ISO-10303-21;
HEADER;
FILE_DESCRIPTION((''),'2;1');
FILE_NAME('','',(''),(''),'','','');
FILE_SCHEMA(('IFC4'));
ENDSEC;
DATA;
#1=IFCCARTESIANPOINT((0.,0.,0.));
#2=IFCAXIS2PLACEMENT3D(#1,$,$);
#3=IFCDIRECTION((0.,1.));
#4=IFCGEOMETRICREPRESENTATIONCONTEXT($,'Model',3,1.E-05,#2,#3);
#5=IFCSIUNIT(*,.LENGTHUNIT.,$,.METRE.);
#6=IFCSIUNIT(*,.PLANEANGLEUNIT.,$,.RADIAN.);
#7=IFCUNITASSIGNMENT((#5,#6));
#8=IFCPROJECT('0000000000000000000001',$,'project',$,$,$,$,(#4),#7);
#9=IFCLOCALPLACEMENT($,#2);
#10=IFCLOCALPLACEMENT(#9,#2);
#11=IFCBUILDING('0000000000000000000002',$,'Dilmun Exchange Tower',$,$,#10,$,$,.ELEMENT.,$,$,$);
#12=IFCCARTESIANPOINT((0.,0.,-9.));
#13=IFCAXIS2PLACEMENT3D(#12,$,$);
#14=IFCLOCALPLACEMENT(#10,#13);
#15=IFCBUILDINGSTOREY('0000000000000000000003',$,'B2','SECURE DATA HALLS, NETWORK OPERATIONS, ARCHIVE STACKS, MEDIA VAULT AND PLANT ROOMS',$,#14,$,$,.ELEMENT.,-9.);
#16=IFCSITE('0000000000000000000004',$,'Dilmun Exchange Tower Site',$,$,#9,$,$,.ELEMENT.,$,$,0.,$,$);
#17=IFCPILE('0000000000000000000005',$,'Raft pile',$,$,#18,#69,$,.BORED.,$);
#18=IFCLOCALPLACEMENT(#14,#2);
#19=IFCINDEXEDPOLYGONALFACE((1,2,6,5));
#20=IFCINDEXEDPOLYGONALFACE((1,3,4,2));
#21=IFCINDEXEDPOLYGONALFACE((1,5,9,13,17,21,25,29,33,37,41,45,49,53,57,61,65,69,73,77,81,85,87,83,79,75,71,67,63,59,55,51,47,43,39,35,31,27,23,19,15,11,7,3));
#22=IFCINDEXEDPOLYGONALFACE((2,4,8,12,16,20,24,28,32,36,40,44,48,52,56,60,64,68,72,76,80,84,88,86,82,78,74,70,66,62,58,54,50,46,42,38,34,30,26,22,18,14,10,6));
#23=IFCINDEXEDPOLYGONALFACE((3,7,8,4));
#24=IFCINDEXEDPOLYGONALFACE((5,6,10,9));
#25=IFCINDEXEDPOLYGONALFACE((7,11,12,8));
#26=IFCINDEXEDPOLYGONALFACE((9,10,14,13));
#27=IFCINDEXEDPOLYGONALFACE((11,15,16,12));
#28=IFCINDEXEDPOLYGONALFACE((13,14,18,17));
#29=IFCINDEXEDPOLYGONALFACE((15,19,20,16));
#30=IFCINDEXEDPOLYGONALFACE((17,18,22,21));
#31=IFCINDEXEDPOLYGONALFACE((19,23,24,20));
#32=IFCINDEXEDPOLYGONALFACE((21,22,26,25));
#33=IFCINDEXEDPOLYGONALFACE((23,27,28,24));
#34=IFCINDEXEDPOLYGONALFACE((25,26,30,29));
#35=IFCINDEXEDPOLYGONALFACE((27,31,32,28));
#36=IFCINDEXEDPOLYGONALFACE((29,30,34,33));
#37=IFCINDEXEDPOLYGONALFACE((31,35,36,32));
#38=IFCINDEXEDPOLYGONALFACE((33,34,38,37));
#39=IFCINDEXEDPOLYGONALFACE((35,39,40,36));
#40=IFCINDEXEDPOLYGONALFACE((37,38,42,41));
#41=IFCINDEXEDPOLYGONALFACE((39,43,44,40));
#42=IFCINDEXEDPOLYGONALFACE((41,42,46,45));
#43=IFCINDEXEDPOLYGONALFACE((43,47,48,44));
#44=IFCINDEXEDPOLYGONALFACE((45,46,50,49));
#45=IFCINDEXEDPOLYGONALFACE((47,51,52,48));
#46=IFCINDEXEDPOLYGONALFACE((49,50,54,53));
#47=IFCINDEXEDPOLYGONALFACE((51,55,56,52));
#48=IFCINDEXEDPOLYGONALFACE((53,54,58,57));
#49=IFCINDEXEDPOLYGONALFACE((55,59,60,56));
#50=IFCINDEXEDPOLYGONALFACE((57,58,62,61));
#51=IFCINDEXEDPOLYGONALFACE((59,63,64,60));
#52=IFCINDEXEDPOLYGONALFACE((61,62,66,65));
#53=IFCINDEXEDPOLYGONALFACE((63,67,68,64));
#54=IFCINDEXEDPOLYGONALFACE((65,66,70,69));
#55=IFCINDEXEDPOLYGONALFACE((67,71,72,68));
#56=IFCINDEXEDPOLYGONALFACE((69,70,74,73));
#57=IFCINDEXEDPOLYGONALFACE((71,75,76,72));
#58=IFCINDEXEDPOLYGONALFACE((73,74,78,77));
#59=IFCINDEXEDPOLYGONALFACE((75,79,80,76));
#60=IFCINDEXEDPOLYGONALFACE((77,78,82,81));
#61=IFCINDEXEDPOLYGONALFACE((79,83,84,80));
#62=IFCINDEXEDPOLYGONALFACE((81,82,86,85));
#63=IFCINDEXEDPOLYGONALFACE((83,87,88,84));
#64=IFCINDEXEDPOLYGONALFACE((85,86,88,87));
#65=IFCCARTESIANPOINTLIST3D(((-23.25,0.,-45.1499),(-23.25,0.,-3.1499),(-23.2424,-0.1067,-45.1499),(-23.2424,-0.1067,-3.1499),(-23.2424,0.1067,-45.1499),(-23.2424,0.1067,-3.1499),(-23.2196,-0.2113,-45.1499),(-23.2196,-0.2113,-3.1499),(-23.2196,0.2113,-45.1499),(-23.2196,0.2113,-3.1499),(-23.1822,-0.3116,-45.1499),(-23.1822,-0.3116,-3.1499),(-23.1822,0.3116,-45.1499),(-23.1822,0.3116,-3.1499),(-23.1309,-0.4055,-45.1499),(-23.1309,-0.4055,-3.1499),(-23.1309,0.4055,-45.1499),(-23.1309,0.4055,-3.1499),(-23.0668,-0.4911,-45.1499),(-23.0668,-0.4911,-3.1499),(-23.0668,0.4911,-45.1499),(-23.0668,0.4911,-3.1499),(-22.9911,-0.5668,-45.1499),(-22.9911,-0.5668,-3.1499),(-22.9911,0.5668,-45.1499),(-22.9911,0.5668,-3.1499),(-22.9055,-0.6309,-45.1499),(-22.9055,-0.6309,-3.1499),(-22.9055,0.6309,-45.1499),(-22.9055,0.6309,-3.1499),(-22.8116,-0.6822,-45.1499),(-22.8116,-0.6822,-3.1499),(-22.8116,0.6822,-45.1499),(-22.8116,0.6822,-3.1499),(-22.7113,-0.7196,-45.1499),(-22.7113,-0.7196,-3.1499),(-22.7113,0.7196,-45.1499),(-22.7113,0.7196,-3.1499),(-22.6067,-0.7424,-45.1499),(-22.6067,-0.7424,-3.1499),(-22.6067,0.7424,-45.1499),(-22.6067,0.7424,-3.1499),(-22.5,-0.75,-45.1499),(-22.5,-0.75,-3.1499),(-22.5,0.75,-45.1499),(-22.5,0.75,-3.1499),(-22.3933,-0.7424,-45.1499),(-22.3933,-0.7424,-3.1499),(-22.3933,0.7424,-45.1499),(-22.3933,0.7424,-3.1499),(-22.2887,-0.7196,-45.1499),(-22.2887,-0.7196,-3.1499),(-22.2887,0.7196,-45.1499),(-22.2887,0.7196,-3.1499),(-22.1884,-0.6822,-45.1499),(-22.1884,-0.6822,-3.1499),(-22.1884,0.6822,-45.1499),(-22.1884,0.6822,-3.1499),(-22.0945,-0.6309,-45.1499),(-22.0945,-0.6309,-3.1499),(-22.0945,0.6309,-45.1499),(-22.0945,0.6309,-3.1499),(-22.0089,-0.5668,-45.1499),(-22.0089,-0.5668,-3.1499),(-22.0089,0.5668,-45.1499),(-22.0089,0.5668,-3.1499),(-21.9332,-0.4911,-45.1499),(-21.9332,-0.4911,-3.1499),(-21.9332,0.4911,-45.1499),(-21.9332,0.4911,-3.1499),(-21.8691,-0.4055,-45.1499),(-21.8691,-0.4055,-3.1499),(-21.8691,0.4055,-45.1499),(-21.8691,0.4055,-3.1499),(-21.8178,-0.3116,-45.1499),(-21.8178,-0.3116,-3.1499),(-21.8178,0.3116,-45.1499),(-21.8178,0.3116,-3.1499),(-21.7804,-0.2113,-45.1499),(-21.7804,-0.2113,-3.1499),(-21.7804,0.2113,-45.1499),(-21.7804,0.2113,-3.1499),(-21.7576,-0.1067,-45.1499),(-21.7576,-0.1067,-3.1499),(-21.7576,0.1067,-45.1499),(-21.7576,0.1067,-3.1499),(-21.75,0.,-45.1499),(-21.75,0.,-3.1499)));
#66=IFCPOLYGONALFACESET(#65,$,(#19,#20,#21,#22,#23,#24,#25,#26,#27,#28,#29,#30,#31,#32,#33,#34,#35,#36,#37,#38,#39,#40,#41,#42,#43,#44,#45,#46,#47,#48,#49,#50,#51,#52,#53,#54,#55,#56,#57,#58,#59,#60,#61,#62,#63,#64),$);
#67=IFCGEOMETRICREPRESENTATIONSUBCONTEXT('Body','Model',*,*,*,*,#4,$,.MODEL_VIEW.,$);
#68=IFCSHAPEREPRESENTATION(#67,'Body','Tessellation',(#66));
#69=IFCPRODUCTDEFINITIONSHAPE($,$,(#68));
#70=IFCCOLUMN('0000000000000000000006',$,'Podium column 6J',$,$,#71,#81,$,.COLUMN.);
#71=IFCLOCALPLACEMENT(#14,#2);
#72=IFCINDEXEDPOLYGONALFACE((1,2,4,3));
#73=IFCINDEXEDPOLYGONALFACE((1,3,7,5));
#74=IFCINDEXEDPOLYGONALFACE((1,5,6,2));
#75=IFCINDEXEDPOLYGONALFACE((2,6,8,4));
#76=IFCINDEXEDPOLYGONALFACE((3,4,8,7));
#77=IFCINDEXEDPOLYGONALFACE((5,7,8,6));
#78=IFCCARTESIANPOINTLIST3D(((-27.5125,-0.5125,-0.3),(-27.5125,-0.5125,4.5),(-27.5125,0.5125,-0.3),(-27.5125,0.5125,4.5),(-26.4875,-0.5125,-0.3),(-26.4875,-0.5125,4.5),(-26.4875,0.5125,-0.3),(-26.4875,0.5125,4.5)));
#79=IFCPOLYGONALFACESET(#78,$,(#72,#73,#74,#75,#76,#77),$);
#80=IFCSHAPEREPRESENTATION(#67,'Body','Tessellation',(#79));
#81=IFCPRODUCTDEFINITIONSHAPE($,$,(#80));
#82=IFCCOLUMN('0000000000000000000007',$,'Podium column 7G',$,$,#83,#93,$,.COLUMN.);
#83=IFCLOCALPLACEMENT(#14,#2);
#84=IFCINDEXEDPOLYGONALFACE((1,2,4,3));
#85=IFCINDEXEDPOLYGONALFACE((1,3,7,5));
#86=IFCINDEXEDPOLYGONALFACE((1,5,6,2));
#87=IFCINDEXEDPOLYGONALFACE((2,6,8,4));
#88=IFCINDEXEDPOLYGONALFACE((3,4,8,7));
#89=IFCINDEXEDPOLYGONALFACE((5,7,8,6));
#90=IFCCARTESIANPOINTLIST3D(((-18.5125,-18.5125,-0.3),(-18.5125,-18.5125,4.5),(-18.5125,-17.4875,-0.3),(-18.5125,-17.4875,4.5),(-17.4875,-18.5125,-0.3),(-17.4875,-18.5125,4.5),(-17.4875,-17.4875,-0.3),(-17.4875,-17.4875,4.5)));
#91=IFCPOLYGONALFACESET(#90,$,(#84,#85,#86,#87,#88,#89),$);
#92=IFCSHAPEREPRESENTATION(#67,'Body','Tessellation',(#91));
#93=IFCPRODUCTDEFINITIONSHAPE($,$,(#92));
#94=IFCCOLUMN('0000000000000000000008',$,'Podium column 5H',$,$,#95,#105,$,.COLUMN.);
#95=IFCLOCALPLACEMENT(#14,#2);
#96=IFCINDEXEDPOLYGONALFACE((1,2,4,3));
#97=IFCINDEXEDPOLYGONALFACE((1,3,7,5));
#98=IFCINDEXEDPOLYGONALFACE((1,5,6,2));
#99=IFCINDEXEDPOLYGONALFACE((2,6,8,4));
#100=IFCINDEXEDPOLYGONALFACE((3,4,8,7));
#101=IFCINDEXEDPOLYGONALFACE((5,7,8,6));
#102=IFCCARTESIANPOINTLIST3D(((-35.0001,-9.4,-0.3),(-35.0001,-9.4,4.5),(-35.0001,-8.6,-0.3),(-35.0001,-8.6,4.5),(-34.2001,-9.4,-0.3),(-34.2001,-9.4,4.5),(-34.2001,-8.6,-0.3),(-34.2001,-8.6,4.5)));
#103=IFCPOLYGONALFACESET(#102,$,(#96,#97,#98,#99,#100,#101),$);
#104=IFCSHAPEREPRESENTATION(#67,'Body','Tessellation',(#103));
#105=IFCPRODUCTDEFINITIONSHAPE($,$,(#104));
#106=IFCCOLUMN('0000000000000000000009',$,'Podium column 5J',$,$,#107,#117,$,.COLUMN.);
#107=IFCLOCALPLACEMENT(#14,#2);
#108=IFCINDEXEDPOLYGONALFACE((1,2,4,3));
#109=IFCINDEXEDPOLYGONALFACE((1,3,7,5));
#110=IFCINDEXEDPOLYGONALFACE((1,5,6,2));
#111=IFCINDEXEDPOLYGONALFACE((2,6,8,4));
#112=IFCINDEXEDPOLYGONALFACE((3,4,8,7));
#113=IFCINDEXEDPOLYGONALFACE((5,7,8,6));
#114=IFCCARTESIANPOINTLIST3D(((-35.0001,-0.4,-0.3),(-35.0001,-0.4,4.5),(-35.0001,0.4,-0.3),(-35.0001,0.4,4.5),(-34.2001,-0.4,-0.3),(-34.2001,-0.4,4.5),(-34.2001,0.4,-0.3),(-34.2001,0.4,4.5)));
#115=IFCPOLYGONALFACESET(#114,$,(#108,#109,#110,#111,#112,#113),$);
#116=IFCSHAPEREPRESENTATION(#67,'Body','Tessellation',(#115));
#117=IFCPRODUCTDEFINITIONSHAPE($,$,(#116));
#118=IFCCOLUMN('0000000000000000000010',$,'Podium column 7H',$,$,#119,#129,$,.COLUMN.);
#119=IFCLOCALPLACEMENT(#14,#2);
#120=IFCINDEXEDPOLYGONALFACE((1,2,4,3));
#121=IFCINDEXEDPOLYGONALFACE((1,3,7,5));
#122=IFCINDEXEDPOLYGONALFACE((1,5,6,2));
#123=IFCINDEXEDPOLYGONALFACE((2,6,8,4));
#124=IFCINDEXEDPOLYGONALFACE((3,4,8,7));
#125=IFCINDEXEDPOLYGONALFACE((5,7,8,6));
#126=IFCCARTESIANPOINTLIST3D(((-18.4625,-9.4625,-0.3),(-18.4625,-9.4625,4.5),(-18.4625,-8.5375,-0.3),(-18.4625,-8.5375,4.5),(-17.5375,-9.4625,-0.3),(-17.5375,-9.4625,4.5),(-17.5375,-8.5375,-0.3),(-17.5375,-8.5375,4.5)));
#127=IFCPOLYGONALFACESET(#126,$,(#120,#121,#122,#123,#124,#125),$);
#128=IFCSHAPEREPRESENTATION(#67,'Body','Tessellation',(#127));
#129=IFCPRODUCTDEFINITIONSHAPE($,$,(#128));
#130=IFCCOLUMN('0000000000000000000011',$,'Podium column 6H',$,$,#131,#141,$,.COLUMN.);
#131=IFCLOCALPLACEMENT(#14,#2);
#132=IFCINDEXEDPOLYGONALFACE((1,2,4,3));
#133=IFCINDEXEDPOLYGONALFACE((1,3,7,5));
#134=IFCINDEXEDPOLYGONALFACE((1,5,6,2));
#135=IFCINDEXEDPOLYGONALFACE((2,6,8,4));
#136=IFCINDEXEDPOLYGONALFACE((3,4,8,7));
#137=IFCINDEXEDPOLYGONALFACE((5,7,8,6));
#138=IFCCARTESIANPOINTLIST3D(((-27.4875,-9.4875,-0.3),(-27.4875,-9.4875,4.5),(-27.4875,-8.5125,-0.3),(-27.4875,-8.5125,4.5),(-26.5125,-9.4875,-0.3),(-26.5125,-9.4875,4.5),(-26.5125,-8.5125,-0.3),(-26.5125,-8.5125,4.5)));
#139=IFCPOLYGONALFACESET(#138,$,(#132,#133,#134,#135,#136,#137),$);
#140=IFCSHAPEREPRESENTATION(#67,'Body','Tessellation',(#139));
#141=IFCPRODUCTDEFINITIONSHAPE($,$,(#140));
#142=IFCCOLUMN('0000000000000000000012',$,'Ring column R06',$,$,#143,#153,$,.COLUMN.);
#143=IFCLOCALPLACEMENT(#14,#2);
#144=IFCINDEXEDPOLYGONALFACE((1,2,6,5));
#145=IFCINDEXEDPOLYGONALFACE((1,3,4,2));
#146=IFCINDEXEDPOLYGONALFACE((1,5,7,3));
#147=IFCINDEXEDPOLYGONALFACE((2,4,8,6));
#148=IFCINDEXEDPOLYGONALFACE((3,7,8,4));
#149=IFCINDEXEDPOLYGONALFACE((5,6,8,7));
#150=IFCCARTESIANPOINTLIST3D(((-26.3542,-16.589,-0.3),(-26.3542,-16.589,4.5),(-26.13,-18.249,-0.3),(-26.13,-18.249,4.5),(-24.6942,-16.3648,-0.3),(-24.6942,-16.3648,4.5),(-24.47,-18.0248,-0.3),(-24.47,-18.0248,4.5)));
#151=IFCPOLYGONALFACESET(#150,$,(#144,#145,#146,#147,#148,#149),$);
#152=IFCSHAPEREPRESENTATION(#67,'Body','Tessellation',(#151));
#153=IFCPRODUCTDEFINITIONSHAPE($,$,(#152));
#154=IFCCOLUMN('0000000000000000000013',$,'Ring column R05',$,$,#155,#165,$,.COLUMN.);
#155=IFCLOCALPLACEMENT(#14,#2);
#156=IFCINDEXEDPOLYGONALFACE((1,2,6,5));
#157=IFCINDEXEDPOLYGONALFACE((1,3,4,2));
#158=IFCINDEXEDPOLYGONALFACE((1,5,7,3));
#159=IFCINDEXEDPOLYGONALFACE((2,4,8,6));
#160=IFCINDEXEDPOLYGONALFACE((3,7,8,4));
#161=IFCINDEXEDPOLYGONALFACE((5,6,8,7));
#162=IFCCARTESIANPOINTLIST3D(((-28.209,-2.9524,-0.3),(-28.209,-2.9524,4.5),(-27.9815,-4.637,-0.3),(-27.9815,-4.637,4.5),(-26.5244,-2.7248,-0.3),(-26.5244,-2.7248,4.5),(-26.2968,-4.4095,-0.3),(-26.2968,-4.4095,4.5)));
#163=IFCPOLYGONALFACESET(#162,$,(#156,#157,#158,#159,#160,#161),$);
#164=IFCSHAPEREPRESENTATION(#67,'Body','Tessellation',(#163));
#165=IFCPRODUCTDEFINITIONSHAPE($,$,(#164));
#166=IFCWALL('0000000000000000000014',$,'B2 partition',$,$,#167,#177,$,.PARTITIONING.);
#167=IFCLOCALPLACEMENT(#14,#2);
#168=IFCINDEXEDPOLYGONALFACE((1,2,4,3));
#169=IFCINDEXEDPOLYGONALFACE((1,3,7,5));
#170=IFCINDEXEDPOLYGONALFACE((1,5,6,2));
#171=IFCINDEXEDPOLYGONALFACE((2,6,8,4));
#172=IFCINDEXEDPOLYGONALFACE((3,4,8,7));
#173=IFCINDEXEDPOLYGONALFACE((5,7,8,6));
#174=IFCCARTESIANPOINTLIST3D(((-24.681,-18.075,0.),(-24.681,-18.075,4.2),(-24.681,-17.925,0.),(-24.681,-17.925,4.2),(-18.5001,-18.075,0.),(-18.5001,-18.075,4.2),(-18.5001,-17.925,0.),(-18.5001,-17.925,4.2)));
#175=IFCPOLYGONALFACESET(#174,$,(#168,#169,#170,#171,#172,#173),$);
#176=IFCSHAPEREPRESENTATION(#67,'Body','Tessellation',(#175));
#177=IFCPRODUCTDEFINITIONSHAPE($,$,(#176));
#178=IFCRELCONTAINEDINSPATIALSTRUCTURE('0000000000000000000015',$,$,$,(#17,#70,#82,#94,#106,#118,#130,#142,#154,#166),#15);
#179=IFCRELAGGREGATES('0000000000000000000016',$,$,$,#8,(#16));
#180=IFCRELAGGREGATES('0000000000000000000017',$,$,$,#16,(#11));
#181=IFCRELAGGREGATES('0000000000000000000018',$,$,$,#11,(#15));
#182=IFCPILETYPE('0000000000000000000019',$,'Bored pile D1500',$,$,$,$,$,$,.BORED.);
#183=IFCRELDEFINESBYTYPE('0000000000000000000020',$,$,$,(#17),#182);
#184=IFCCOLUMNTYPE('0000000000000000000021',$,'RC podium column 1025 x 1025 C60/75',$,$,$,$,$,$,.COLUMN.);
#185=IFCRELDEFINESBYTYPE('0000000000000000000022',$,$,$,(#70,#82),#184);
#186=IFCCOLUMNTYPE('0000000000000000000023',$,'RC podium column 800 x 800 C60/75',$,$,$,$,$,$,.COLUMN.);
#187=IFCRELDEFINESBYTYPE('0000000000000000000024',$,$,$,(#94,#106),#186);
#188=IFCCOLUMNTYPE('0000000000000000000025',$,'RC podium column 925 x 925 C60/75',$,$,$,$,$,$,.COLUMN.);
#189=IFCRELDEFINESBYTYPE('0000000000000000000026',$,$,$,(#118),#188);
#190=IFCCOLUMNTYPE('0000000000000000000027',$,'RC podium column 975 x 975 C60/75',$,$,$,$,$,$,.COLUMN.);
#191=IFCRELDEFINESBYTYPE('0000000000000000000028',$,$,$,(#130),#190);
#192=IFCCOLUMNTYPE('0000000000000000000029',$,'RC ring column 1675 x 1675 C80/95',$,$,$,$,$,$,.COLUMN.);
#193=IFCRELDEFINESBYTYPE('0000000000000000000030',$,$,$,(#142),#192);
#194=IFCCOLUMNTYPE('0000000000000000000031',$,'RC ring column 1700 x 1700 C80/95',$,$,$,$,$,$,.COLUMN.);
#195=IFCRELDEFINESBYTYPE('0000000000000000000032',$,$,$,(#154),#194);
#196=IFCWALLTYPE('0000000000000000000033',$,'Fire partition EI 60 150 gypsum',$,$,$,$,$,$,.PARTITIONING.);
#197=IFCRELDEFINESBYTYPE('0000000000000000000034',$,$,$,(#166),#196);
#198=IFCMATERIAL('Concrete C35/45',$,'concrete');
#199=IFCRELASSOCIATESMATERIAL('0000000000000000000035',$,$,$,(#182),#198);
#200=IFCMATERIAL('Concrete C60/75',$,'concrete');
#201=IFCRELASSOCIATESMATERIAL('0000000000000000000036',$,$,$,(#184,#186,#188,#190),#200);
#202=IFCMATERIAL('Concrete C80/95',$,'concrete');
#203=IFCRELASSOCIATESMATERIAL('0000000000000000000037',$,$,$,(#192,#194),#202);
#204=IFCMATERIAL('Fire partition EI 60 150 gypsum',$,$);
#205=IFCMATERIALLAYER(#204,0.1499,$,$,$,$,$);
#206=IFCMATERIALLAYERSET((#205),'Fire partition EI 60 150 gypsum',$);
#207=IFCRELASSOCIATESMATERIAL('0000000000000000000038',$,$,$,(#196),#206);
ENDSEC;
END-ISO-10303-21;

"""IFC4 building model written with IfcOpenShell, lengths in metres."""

from ifc_helpers import new_model, si_unit, direction, frame, frame_2d, origin, origin_2d, place, context, subcontext, project, spatial, rectangle, circle, extrude, material, layer, layer_set, material_profile, profile_set, type_object, element, save


model = new_model("IFC4")

# Units and contexts
model_context = context("Model", 3, precision=1e-05, world=origin(), true_north=direction((0.0, 1.0)))
body_context = subcontext(model_context, "Body", "Model", "MODEL_VIEW")
ifc_project = project(units=[si_unit("LENGTHUNIT", "METRE"), si_unit("PLANEANGLEUNIT", "RADIAN")], contexts=[model_context])

# Site, building, storey
site_placement = place(None, origin())
site = spatial("IfcSite", under=ifc_project, at=site_placement, Name="Dilmun Exchange Tower Site", CompositionType="ELEMENT", RefElevation=0.0)
building_placement = place(site_placement, origin())
building = spatial("IfcBuilding", under=site, at=building_placement, Name="Dilmun Exchange Tower", CompositionType="ELEMENT")
storey_placement = place(building_placement, frame((0.0, 0.0, -9.0)))
storey = spatial("IfcBuildingStorey", under=building, at=storey_placement, Name="B2", Description="SECURE DATA HALLS, NETWORK OPERATIONS, ARCHIVE STACKS, MEDIA VAULT AND PLANT ROOMS", CompositionType="ELEMENT", Elevation=-9.0)

# Pile
ifc_material_1 = material(Name="Concrete C35/45", Category="concrete")
ifc_material_profile_1 = material_profile(ifc_material_1, circle(Radius=0.75, at=origin_2d()), Name="D1500")
ifc_profile_set_1 = profile_set([ifc_material_profile_1], Name="Concrete C35/45")
pile_type = type_object("IfcPileType", Name="Bored pile D1500", PredefinedType="BORED", material=ifc_profile_set_1)
for number, where, z_axis, x_axis, name in (
    (1, (-22.5, 0.0, -3.1499), (0.0, 0.0, -1.0), (1.0, 0.0, 0.0), "Raft pile"),
):
    element("IfcPile", number, at=place(storey_placement, frame(where, z_axis=z_axis, x_axis=x_axis)), inside=storey, type_object=pile_type, Name=name, PredefinedType="BORED", context=body_context, shape_type="SweptSolid", body=[
        extrude(circle(Radius=0.75, at=origin_2d()), origin(), (0.0, 0.0, 1.0), 42.0),
    ])

# Columns
ifc_material_2 = material(Name="Concrete C60/75", Category="concrete")
ifc_material_profile_2 = material_profile(ifc_material_2, rectangle(XDim=1.0249, YDim=1.0249, at=origin_2d()), Name="1025 x 1025")
ifc_profile_set_2 = profile_set([ifc_material_profile_2], Name="Concrete C60/75")
column_type_1 = type_object("IfcColumnType", Name="RC podium column 1025 x 1025 C60/75", PredefinedType="COLUMN", material=ifc_profile_set_2)
for number, where, z_axis, x_axis, name in (
    (2, (-27.0, 0.0, -0.3), (0.0, 0.0, 1.0), (1.0, 0.0, 0.0), "Podium column 6J"),
    (3, (-18.0, -18.0, -0.3), (0.0, 0.0, 1.0), (1.0, 0.0, 0.0), "Podium column 7G"),
):
    element("IfcColumn", number, at=place(storey_placement, frame(where, z_axis=z_axis, x_axis=x_axis)), inside=storey, type_object=column_type_1, Name=name, PredefinedType="COLUMN", context=body_context, shape_type="SweptSolid", body=[
        extrude(rectangle(XDim=1.0249, YDim=1.0249, at=origin_2d()), origin(), (0.0, 0.0, 1.0), 4.8),
    ])
ifc_material_profile_3 = material_profile(ifc_material_2, rectangle(XDim=0.8, YDim=0.8, at=origin_2d()), Name="800 x 800")
ifc_profile_set_3 = profile_set([ifc_material_profile_3], Name="Concrete C60/75")
column_type_2 = type_object("IfcColumnType", Name="RC podium column 800 x 800 C60/75", PredefinedType="COLUMN", material=ifc_profile_set_3)
for number, where, z_axis, x_axis, name in (
    (4, (-34.6001, -9.0, -0.3), (0.0, 0.0, 1.0), (1.0, 0.0, 0.0), "Podium column 5H"),
    (5, (-34.6001, 0.0, -0.3), (0.0, 0.0, 1.0), (1.0, 0.0, 0.0), "Podium column 5J"),
):
    element("IfcColumn", number, at=place(storey_placement, frame(where, z_axis=z_axis, x_axis=x_axis)), inside=storey, type_object=column_type_2, Name=name, PredefinedType="COLUMN", context=body_context, shape_type="SweptSolid", body=[
        extrude(rectangle(XDim=0.8, YDim=0.8, at=origin_2d()), origin(), (0.0, 0.0, 1.0), 4.8),
    ])
ifc_material_profile_4 = material_profile(ifc_material_2, rectangle(XDim=0.925, YDim=0.925, at=origin_2d()), Name="925 x 925")
ifc_profile_set_4 = profile_set([ifc_material_profile_4], Name="Concrete C60/75")
column_type_3 = type_object("IfcColumnType", Name="RC podium column 925 x 925 C60/75", PredefinedType="COLUMN", material=ifc_profile_set_4)
column_1_placement = place(storey_placement, frame((-18.0, -9.0, -0.3), z_axis=(0.0, 0.0, 1.0), x_axis=(1.0, 0.0, 0.0)))
element("IfcColumn", 6, at=column_1_placement, inside=storey, type_object=column_type_3, Name="Podium column 7H", PredefinedType="COLUMN", context=body_context, shape_type="SweptSolid", body=[
    extrude(rectangle(XDim=0.925, YDim=0.925, at=origin_2d()), origin(), (0.0, 0.0, 1.0), 4.8),
])
ifc_material_profile_5 = material_profile(ifc_material_2, rectangle(XDim=0.9751, YDim=0.9751, at=origin_2d()), Name="975 x 975")
ifc_profile_set_5 = profile_set([ifc_material_profile_5], Name="Concrete C60/75")
column_type_4 = type_object("IfcColumnType", Name="RC podium column 975 x 975 C60/75", PredefinedType="COLUMN", material=ifc_profile_set_5)
column_2_placement = place(storey_placement, frame((-27.0, -9.0, -0.3), z_axis=(0.0, 0.0, 1.0), x_axis=(1.0, 0.0, 0.0)))
element("IfcColumn", 7, at=column_2_placement, inside=storey, type_object=column_type_4, Name="Podium column 6H", PredefinedType="COLUMN", context=body_context, shape_type="SweptSolid", body=[
    extrude(rectangle(XDim=0.9751, YDim=0.9751, at=origin_2d()), origin(), (0.0, 0.0, 1.0), 4.8),
])
ifc_material_3 = material(Name="Concrete C80/95", Category="concrete")
ifc_material_profile_6 = material_profile(ifc_material_3, rectangle(XDim=1.675, YDim=1.675, at=origin_2d()), Name="1675 x 1675")
ifc_profile_set_6 = profile_set([ifc_material_profile_6], Name="Concrete C80/95")
column_type_5 = type_object("IfcColumnType", Name="RC ring column 1675 x 1675 C80/95", PredefinedType="COLUMN", material=ifc_profile_set_6)
column_3_placement = place(storey_placement, frame((-25.4121, -17.3069, -0.3), z_axis=(0.0, 0.0, 1.0), x_axis=(0.991001, 0.133853, 0.0)))
element("IfcColumn", 8, at=column_3_placement, inside=storey, type_object=column_type_5, Name="Ring column R06", PredefinedType="COLUMN", context=body_context, shape_type="SweptSolid", body=[
    extrude(rectangle(XDim=1.675, YDim=1.675, at=origin_2d()), origin(), (0.0, 0.0, 1.0), 4.8),
])
ifc_material_profile_7 = material_profile(ifc_material_3, rectangle(XDim=1.7, YDim=1.7, at=origin_2d()), Name="1700 x 1700")
ifc_profile_set_7 = profile_set([ifc_material_profile_7], Name="Concrete C80/95")
column_type_6 = type_object("IfcColumnType", Name="RC ring column 1700 x 1700 C80/95", PredefinedType="COLUMN", material=ifc_profile_set_7)
column_4_placement = place(storey_placement, frame((-27.2529, -3.6809, -0.3), z_axis=(0.0, 0.0, 1.0), x_axis=(0.991001, 0.133853, 0.0)))
element("IfcColumn", 9, at=column_4_placement, inside=storey, type_object=column_type_6, Name="Ring column R05", PredefinedType="COLUMN", context=body_context, shape_type="SweptSolid", body=[
    extrude(rectangle(XDim=1.7, YDim=1.7, at=origin_2d()), origin(), (0.0, 0.0, 1.0), 4.8),
])

# Wall
ifc_material_4 = material(Name="Fire partition EI 60 150 gypsum")
ifc_layer = layer(ifc_material_4, 0.1499)
ifc_layer_set = layer_set([ifc_layer], Name="Fire partition EI 60 150 gypsum")
wall_type = type_object("IfcWallType", Name="Fire partition EI 60 150 gypsum", PredefinedType="PARTITIONING", material=ifc_layer_set)
wall_1_placement = place(storey_placement, frame((-24.6809, -18.0, 0.0), z_axis=(0.0, 0.0, 1.0), x_axis=(1.0, 0.0, 0.0)))
element("IfcWall", 10, at=wall_1_placement, inside=storey, type_object=wall_type, Name="B2 partition", PredefinedType="PARTITIONING", context=body_context, shape_type="SweptSolid", body=[
    extrude(rectangle(XDim=6.1809, YDim=0.1499, at=frame_2d((3.0903, 0.0))), origin(), (0.0, 0.0, 1.0), 4.2),
])

save(model, "model.ifc")
